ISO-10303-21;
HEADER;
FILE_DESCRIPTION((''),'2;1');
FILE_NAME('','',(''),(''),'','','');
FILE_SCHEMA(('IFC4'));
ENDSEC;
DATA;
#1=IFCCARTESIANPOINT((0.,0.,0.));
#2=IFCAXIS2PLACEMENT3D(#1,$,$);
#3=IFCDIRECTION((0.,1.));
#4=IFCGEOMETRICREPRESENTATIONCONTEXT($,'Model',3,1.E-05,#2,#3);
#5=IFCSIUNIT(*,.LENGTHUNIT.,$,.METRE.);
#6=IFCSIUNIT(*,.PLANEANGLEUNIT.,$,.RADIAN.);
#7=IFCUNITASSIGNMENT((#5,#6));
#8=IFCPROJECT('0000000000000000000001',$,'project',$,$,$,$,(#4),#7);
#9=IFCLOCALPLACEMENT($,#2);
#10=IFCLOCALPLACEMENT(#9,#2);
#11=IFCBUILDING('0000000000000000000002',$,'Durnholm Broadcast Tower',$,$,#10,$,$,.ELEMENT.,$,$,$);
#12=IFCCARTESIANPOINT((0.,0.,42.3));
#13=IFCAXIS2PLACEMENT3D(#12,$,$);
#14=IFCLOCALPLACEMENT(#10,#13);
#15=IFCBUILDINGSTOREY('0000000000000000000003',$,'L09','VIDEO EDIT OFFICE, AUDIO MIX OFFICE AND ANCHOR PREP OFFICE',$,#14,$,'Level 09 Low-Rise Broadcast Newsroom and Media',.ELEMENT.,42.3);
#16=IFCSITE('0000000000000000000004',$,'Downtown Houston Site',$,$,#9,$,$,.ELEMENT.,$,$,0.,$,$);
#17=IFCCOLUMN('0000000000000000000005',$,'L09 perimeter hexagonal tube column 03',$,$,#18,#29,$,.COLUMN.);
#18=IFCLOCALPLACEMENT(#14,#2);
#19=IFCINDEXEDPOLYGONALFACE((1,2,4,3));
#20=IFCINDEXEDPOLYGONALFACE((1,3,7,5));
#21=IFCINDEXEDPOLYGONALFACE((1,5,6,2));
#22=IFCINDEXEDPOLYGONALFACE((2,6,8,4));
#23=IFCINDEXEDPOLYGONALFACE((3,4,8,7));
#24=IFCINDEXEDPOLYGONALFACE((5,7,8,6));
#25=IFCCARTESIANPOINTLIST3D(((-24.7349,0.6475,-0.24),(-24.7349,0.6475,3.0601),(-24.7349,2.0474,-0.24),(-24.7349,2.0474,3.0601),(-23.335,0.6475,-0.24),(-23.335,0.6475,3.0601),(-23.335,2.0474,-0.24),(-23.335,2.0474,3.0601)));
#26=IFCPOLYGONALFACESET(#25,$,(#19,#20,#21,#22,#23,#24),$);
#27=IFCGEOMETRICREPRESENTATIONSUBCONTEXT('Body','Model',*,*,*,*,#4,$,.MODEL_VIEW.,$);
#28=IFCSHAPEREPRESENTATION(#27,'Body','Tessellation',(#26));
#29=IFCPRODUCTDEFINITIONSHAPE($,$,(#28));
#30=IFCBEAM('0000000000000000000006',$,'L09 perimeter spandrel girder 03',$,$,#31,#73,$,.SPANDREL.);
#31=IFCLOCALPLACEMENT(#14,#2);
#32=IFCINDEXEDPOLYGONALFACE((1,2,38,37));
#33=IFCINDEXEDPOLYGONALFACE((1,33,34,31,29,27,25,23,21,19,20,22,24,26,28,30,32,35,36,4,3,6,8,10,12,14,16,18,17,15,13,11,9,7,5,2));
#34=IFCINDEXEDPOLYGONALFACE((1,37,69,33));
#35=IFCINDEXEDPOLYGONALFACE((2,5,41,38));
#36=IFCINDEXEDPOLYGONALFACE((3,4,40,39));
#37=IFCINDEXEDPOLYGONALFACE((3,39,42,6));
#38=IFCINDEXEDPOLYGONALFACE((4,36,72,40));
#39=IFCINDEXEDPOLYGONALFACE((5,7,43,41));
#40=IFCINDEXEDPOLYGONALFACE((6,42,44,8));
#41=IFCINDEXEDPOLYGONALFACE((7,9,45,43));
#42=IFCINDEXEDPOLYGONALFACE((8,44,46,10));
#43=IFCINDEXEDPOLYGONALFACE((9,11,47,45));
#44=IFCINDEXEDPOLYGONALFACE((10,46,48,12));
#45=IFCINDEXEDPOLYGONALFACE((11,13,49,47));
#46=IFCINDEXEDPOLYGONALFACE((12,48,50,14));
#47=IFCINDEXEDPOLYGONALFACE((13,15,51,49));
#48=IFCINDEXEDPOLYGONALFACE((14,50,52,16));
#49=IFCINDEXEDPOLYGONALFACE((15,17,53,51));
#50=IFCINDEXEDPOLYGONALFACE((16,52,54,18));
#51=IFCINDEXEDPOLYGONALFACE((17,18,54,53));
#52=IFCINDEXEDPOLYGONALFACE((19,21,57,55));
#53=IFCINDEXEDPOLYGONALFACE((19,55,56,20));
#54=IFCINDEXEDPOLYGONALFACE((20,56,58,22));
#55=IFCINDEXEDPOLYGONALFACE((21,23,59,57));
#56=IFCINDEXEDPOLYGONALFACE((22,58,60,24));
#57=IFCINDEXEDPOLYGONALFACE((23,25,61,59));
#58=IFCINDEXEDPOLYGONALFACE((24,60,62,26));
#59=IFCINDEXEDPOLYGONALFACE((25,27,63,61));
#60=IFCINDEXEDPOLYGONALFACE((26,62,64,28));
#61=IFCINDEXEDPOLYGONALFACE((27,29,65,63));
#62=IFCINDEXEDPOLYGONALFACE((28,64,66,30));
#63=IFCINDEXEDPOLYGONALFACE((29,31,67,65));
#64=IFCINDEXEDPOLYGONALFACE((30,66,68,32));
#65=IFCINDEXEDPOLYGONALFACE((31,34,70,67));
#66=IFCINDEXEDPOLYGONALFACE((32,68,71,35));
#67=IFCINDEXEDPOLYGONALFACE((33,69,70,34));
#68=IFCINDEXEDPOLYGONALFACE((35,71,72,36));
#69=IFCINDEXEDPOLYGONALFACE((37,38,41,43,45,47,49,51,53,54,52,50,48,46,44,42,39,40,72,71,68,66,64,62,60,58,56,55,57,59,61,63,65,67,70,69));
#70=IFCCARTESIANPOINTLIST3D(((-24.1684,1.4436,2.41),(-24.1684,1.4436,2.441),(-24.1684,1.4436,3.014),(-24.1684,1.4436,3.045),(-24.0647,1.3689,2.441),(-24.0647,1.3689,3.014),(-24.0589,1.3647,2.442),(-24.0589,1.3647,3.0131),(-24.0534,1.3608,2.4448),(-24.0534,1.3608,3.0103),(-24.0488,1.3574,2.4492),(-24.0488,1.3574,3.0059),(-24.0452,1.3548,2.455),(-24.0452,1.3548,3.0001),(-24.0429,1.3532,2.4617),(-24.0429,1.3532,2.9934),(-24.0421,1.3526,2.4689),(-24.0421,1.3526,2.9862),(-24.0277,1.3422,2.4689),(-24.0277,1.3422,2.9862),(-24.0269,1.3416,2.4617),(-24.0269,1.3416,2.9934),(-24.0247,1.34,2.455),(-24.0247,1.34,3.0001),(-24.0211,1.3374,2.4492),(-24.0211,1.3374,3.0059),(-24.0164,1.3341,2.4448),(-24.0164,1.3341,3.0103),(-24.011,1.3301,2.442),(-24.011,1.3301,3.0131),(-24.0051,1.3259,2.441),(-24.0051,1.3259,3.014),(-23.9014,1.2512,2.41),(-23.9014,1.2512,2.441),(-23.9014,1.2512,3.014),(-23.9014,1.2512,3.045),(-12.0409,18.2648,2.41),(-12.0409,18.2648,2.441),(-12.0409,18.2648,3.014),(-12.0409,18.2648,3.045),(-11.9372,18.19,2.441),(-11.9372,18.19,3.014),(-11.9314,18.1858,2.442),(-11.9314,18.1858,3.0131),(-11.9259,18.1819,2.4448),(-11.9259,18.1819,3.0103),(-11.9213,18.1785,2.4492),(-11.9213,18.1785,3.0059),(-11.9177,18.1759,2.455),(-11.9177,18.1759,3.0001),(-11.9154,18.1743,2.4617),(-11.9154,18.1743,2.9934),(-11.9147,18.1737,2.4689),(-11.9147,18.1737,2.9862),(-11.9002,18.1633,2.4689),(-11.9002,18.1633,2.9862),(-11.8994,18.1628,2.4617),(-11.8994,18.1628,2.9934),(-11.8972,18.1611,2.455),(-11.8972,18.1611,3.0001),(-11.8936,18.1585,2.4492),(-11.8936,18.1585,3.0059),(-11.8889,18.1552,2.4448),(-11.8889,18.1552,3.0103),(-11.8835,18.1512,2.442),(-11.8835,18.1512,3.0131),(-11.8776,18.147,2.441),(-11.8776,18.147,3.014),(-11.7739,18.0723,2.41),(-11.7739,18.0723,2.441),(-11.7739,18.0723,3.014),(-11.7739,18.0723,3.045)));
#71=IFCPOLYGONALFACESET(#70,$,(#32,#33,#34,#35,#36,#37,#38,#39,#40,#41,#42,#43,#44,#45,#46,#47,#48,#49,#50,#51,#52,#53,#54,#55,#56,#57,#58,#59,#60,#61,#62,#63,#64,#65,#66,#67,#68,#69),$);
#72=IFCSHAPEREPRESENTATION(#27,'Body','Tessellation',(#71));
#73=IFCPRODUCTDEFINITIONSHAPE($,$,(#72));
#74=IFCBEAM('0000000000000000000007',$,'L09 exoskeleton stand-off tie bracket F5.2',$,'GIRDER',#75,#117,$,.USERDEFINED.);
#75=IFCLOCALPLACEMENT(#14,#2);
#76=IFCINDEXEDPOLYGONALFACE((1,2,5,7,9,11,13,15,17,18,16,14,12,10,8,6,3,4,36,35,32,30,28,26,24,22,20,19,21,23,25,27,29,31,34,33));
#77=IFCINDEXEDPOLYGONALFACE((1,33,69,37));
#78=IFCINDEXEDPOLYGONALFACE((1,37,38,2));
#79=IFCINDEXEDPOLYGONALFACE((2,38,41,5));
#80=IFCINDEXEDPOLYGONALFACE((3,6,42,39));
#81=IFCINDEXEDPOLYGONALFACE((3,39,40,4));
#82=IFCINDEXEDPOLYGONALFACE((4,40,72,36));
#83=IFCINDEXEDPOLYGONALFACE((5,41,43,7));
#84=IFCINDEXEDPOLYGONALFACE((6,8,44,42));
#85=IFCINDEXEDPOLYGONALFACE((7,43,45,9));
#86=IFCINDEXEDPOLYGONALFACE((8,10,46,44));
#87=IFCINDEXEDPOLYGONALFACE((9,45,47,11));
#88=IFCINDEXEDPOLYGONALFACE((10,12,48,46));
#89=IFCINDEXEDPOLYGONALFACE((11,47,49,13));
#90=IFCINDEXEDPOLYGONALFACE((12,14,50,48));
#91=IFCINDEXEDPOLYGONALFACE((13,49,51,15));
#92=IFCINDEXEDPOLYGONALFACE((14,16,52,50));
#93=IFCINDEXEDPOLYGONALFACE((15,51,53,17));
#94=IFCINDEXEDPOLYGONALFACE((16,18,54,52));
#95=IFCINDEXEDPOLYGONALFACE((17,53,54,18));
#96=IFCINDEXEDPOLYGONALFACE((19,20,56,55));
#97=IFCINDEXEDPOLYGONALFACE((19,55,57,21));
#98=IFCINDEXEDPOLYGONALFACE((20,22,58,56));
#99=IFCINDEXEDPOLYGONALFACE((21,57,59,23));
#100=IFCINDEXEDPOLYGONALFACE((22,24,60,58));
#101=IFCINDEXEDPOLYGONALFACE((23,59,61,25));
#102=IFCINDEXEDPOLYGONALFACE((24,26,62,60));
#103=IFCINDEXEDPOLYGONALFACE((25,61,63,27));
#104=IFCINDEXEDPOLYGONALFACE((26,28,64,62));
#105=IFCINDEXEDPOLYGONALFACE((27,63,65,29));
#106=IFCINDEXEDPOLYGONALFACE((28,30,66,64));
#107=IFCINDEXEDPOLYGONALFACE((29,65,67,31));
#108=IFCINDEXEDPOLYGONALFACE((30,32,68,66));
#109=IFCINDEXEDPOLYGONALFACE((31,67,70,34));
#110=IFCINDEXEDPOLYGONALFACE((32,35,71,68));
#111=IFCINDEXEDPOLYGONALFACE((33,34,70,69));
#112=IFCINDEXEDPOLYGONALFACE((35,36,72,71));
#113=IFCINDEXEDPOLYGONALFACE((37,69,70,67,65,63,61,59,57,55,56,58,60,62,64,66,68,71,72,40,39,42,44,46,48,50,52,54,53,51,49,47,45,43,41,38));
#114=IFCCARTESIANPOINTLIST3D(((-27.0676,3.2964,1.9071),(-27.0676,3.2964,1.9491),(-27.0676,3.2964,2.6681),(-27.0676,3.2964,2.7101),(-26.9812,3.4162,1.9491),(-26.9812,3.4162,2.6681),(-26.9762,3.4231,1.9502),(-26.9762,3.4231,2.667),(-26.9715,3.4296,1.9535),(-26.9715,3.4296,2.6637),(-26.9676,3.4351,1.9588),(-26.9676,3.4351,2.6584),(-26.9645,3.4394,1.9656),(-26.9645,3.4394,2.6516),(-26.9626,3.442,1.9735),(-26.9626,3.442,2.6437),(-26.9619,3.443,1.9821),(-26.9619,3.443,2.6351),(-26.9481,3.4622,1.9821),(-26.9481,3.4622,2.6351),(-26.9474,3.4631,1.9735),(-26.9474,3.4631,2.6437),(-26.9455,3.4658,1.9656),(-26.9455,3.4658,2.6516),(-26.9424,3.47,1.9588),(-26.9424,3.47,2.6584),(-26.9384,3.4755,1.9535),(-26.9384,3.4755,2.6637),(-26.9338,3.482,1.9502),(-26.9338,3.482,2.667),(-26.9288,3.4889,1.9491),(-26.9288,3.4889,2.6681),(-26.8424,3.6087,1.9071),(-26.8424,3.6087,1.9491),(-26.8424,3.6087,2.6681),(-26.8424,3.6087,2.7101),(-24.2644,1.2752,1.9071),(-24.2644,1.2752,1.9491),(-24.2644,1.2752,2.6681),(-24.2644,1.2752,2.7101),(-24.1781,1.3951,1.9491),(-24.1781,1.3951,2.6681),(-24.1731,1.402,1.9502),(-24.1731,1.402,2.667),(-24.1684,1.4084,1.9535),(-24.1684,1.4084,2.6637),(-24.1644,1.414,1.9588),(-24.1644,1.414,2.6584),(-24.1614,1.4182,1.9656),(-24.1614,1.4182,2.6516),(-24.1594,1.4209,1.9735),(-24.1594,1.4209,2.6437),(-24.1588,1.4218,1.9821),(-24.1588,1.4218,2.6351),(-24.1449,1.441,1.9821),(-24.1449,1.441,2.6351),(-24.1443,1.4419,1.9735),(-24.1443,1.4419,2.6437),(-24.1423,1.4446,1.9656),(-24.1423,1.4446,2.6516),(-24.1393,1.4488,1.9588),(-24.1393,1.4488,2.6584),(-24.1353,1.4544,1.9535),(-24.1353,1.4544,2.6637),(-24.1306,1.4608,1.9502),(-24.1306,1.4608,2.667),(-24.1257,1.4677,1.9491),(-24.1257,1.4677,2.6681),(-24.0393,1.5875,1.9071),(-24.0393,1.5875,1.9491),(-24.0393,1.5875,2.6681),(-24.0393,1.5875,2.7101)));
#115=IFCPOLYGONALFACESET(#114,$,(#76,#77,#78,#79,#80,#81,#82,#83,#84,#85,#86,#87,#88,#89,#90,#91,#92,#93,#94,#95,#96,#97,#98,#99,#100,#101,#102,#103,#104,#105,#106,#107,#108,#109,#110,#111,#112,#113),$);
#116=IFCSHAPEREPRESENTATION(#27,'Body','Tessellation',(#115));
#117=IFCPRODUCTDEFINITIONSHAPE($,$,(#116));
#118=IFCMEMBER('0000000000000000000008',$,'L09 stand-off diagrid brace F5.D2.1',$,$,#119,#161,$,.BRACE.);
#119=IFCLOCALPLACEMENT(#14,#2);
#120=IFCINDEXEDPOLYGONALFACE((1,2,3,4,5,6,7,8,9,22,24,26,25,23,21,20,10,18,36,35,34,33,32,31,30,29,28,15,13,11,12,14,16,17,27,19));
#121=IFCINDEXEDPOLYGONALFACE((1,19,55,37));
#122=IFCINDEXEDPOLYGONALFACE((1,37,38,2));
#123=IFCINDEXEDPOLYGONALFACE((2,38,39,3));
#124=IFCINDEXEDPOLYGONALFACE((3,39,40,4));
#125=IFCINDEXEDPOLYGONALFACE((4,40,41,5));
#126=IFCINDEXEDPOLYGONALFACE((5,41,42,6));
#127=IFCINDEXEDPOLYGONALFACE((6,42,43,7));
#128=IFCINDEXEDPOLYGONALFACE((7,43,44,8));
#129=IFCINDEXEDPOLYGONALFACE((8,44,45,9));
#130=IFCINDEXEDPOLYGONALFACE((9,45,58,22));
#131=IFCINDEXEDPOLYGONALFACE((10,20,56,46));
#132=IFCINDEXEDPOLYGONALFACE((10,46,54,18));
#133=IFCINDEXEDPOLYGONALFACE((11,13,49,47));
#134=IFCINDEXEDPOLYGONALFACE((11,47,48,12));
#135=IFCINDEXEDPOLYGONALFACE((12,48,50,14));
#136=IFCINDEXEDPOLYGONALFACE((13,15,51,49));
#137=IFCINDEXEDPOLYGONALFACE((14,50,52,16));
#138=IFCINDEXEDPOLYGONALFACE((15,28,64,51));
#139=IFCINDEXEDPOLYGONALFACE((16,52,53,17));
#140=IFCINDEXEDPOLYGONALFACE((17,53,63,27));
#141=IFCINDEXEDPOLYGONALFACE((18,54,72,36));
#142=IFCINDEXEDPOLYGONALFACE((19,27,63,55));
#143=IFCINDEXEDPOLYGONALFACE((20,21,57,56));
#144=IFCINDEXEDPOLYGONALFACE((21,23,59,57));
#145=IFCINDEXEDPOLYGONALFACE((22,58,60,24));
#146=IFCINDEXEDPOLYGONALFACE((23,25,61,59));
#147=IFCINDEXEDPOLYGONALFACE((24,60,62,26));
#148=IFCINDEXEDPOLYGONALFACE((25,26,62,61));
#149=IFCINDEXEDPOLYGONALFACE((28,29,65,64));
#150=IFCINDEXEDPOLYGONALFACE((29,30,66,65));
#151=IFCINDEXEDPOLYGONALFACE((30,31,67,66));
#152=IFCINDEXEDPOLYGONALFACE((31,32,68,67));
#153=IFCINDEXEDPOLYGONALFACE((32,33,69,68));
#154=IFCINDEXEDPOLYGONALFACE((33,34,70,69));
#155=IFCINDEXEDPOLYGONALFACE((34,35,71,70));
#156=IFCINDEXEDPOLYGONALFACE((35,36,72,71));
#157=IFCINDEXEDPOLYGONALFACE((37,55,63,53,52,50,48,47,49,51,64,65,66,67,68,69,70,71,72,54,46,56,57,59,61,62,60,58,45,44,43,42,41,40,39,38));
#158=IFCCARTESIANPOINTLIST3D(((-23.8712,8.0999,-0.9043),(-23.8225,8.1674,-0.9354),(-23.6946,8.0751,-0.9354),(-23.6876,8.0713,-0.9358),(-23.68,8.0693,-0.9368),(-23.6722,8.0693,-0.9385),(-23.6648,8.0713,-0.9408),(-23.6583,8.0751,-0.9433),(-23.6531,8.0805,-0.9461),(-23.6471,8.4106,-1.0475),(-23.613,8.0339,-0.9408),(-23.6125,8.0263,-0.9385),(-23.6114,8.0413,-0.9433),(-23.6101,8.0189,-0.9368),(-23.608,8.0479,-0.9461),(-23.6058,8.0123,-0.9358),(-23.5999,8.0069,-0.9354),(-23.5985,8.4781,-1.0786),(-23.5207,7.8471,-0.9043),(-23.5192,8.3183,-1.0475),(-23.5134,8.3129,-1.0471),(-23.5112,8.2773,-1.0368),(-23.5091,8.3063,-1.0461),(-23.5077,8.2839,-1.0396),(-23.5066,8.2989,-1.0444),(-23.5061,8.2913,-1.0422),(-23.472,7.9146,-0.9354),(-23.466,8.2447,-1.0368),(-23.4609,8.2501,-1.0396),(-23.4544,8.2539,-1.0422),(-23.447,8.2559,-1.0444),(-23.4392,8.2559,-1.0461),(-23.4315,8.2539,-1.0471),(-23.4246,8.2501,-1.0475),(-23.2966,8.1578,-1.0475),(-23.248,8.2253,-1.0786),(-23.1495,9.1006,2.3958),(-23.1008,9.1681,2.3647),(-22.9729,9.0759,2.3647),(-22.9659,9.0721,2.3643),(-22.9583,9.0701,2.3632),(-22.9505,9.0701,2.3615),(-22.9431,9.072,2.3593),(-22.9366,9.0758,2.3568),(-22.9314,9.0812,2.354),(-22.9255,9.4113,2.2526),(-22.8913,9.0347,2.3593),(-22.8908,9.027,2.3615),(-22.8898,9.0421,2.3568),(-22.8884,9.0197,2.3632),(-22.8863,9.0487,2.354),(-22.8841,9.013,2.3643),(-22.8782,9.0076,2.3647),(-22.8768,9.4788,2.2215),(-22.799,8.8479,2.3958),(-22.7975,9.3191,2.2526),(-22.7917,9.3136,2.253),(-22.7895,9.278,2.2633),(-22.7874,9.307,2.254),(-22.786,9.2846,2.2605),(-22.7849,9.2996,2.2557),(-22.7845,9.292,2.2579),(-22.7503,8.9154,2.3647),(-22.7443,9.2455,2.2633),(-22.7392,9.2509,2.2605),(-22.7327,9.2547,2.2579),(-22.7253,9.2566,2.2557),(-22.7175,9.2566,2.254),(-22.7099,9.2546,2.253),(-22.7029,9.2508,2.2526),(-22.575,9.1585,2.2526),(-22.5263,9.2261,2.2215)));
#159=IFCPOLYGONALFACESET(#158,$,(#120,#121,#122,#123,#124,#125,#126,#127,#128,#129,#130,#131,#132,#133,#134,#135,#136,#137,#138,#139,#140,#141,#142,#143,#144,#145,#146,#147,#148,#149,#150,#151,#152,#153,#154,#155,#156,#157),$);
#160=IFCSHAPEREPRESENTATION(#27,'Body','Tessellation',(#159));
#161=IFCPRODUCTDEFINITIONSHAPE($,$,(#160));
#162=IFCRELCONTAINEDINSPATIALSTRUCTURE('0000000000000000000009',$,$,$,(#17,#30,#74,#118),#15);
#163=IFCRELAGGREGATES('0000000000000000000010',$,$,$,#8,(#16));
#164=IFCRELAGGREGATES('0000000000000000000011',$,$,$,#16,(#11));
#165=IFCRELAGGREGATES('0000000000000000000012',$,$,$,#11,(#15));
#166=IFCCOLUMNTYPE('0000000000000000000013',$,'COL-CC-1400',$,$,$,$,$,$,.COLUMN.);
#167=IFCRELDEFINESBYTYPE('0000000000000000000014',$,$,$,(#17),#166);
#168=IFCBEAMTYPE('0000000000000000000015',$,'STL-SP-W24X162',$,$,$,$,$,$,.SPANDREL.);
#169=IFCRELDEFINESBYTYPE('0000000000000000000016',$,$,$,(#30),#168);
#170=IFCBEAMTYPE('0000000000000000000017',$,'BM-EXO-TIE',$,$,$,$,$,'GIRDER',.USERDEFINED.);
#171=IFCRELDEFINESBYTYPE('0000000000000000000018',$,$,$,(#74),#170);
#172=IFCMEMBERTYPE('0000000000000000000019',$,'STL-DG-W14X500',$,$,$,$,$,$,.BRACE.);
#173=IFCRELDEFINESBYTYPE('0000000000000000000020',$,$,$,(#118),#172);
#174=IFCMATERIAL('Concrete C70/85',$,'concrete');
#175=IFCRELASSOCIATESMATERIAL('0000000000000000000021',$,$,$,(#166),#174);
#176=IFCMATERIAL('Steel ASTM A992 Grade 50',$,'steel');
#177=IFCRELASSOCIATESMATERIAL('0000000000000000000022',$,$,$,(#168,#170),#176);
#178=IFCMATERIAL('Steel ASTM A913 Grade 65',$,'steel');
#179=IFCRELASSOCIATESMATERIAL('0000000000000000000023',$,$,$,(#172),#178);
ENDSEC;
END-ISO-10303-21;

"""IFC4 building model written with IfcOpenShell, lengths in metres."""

from ifc_helpers import new_model, si_unit, direction, frame, origin, origin_2d, place, context, subcontext, project, spatial, rectangle, i_section, extrude, source, transform, mapped, material, material_profile, profile_set, type_object, type_shapes, element, save


model = new_model("IFC4")

# Units and contexts
model_context = context("Model", 3, precision=1e-05, world=origin(), true_north=direction((0.0, 1.0)))
body_context = subcontext(model_context, "Body", "Model", "MODEL_VIEW")
ifc_project = project(units=[si_unit("LENGTHUNIT", "METRE"), si_unit("PLANEANGLEUNIT", "RADIAN")], contexts=[model_context])

# Site, building, storey
site_placement = place(None, origin())
site = spatial("IfcSite", under=ifc_project, at=site_placement, Name="Downtown Houston Site", CompositionType="ELEMENT", RefElevation=0.0)
building_placement = place(site_placement, origin())
building = spatial("IfcBuilding", under=site, at=building_placement, Name="Durnholm Broadcast Tower", CompositionType="ELEMENT")
storey_placement = place(building_placement, frame((0.0, 0.0, 42.3)))
storey = spatial("IfcBuildingStorey", under=building, at=storey_placement, Name="L09", Description="VIDEO EDIT OFFICE, AUDIO MIX OFFICE AND ANCHOR PREP OFFICE", LongName="Level 09 Low-Rise Broadcast Newsroom and Media", CompositionType="ELEMENT", Elevation=42.3)

# Column
ifc_material_1 = material(Name="Concrete C70/85", Category="concrete")
ifc_material_profile_1 = material_profile(ifc_material_1, rectangle(XDim=1.3999, YDim=1.3999, at=origin_2d()), Name="RC1400X1400")
ifc_profile_set_1 = profile_set([ifc_material_profile_1], Name="Concrete C70/85")
column_type = type_object("IfcColumnType", Name="COL-CC-1400", PredefinedType="COLUMN", material=ifc_profile_set_1)
shared_shape_1 = source(origin(), body_context, "Body", "SweptSolid", [
    extrude(rectangle(XDim=1.3999, YDim=1.3999, at=origin_2d()), origin(), (0.0, 0.0, 1.0), 3.3),
])
type_shapes(column_type, [shared_shape_1])
column_placement = place(storey_placement, frame((-24.0349, 1.3474, -0.24), z_axis=(0.0, 0.0, 1.0), x_axis=(1.0, 0.0, 0.0)))
element("IfcColumn", 1, at=column_placement, inside=storey, type_object=column_type, Name="L09 perimeter hexagonal tube column 03", PredefinedType="COLUMN", context=body_context, shape_type="MappedRepresentation", body=[
    mapped(shared_shape_1, transform((0.0, 0.0, 0.0), x_axis=(1.0, 0.0, 0.0), y_axis=(0.0, 1.0, 0.0), z_axis=(0.0, 0.0, 1.0), scale=1.0)),
])

# Beams
ifc_material_2 = material(Name="Steel ASTM A992 Grade 50", Category="steel")
ifc_material_profile_2 = material_profile(ifc_material_2, i_section(OverallWidth=0.3291, OverallDepth=0.635, WebThickness=0.0178, FlangeThickness=0.031, FilletRadius=0.0278, at=origin_2d()), Name="W24X162")
ifc_profile_set_2 = profile_set([ifc_material_profile_2], Name="Steel ASTM A992 Grade 50")
beam_type_1 = type_object("IfcBeamType", Name="STL-SP-W24X162", PredefinedType="SPANDREL", material=ifc_profile_set_2)
shared_shape_2 = source(origin(), body_context, "Body", "SweptSolid", [
    extrude(i_section(OverallWidth=0.3291, OverallDepth=0.635, WebThickness=0.0178, FlangeThickness=0.031, FilletRadius=0.0278, at=origin_2d()), origin(), (0.0, 0.0, 1.0), 20.7371),
])
type_shapes(beam_type_1, [shared_shape_2])
beam_1_placement = place(storey_placement, frame((-24.0349, 1.3474, 2.7275), z_axis=(0.584822, 0.811162, 0.0), x_axis=(-0.811162, 0.584822, 0.0)))
element("IfcBeam", 2, at=beam_1_placement, inside=storey, type_object=beam_type_1, Name="L09 perimeter spandrel girder 03", PredefinedType="SPANDREL", context=body_context, shape_type="MappedRepresentation", body=[
    mapped(shared_shape_2, transform((0.0, 0.0, 0.0), x_axis=(1.0, 0.0, 0.0), y_axis=(0.0, 1.0, 0.0), z_axis=(0.0, 0.0, 1.0), scale=1.0)),
])
ifc_material_profile_3 = material_profile(ifc_material_2, i_section(OverallWidth=0.385, OverallDepth=0.803, WebThickness=0.0237, FlangeThickness=0.042, FilletRadius=0.033, at=origin_2d()), Name="W30X261")
ifc_profile_set_3 = profile_set([ifc_material_profile_3], Name="Steel ASTM A992 Grade 50")
beam_type_2 = type_object("IfcBeamType", Name="BM-EXO-TIE", ElementType="GIRDER", PredefinedType="USERDEFINED", material=ifc_profile_set_3)
shared_shape_3 = source(origin(), body_context, "Body", "SweptSolid", [
    extrude(i_section(OverallWidth=0.385, OverallDepth=0.803, WebThickness=0.0237, FlangeThickness=0.042, FilletRadius=0.033, at=origin_2d()), origin(), (0.0, 0.0, 1.0), 3.4558),
])
type_shapes(beam_type_2, [shared_shape_3])
beam_2_placement = place(storey_placement, frame((-24.1519, 1.4314, 2.3086), z_axis=(-0.811134, 0.584861, 0.0), x_axis=(-0.584861, -0.811134, 0.0)))
element("IfcBeam", 3, at=beam_2_placement, inside=storey, type_object=beam_type_2, Name="L09 exoskeleton stand-off tie bracket F5.2", ObjectType="GIRDER", PredefinedType="USERDEFINED", context=body_context, shape_type="MappedRepresentation", body=[
    mapped(shared_shape_3, transform((0.0, 0.0, 0.0), x_axis=(1.0, 0.0, 0.0), y_axis=(0.0, 1.0, 0.0), z_axis=(0.0, 0.0, 1.0), scale=1.0)),
])

# Member
ifc_material_3 = material(Name="Steel ASTM A913 Grade 65", Category="steel")
ifc_material_profile_4 = material_profile(ifc_material_3, i_section(OverallWidth=0.4321, OverallDepth=0.4978, WebThickness=0.0557, FlangeThickness=0.0889, FilletRadius=0.0305, at=origin_2d()), Name="W14X500")
ifc_profile_set_4 = profile_set([ifc_material_profile_4], Name="Steel ASTM A913 Grade 65")
member_type_1 = type_object("IfcMemberType", Name="STL-DG-W14X500", PredefinedType="BRACE", material=ifc_profile_set_4)
shared_shape_4 = source(origin(), body_context, "Body", "SweptSolid", [
    extrude(i_section(OverallWidth=0.4321, OverallDepth=0.4978, WebThickness=0.0557, FlangeThickness=0.0889, FilletRadius=0.0305, at=origin_2d()), origin(), (0.0, 0.0, 1.0), 3.5232),
])
type_shapes(member_type_1, [shared_shape_4])
for number, where, z_axis, x_axis, name in (
    (4, (-23.5596, 8.1626, -0.9915), (0.204839, 0.284045, 0.936675), (-0.811091, 0.58492, 0.0), "L09 stand-off diagrid brace F5.D2.1"),
):
    element("IfcMember", number, at=place(storey_placement, frame(where, z_axis=z_axis, x_axis=x_axis)), inside=storey, type_object=member_type_1, Name=name, PredefinedType="BRACE", context=body_context, shape_type="MappedRepresentation", body=[
        mapped(shared_shape_4, transform((0.0, 0.0, 0.0), x_axis=(1.0, 0.0, 0.0), y_axis=(0.0, 1.0, 0.0), z_axis=(0.0, 0.0, 1.0), scale=1.0)),
    ])

save(model, "model.ifc")
